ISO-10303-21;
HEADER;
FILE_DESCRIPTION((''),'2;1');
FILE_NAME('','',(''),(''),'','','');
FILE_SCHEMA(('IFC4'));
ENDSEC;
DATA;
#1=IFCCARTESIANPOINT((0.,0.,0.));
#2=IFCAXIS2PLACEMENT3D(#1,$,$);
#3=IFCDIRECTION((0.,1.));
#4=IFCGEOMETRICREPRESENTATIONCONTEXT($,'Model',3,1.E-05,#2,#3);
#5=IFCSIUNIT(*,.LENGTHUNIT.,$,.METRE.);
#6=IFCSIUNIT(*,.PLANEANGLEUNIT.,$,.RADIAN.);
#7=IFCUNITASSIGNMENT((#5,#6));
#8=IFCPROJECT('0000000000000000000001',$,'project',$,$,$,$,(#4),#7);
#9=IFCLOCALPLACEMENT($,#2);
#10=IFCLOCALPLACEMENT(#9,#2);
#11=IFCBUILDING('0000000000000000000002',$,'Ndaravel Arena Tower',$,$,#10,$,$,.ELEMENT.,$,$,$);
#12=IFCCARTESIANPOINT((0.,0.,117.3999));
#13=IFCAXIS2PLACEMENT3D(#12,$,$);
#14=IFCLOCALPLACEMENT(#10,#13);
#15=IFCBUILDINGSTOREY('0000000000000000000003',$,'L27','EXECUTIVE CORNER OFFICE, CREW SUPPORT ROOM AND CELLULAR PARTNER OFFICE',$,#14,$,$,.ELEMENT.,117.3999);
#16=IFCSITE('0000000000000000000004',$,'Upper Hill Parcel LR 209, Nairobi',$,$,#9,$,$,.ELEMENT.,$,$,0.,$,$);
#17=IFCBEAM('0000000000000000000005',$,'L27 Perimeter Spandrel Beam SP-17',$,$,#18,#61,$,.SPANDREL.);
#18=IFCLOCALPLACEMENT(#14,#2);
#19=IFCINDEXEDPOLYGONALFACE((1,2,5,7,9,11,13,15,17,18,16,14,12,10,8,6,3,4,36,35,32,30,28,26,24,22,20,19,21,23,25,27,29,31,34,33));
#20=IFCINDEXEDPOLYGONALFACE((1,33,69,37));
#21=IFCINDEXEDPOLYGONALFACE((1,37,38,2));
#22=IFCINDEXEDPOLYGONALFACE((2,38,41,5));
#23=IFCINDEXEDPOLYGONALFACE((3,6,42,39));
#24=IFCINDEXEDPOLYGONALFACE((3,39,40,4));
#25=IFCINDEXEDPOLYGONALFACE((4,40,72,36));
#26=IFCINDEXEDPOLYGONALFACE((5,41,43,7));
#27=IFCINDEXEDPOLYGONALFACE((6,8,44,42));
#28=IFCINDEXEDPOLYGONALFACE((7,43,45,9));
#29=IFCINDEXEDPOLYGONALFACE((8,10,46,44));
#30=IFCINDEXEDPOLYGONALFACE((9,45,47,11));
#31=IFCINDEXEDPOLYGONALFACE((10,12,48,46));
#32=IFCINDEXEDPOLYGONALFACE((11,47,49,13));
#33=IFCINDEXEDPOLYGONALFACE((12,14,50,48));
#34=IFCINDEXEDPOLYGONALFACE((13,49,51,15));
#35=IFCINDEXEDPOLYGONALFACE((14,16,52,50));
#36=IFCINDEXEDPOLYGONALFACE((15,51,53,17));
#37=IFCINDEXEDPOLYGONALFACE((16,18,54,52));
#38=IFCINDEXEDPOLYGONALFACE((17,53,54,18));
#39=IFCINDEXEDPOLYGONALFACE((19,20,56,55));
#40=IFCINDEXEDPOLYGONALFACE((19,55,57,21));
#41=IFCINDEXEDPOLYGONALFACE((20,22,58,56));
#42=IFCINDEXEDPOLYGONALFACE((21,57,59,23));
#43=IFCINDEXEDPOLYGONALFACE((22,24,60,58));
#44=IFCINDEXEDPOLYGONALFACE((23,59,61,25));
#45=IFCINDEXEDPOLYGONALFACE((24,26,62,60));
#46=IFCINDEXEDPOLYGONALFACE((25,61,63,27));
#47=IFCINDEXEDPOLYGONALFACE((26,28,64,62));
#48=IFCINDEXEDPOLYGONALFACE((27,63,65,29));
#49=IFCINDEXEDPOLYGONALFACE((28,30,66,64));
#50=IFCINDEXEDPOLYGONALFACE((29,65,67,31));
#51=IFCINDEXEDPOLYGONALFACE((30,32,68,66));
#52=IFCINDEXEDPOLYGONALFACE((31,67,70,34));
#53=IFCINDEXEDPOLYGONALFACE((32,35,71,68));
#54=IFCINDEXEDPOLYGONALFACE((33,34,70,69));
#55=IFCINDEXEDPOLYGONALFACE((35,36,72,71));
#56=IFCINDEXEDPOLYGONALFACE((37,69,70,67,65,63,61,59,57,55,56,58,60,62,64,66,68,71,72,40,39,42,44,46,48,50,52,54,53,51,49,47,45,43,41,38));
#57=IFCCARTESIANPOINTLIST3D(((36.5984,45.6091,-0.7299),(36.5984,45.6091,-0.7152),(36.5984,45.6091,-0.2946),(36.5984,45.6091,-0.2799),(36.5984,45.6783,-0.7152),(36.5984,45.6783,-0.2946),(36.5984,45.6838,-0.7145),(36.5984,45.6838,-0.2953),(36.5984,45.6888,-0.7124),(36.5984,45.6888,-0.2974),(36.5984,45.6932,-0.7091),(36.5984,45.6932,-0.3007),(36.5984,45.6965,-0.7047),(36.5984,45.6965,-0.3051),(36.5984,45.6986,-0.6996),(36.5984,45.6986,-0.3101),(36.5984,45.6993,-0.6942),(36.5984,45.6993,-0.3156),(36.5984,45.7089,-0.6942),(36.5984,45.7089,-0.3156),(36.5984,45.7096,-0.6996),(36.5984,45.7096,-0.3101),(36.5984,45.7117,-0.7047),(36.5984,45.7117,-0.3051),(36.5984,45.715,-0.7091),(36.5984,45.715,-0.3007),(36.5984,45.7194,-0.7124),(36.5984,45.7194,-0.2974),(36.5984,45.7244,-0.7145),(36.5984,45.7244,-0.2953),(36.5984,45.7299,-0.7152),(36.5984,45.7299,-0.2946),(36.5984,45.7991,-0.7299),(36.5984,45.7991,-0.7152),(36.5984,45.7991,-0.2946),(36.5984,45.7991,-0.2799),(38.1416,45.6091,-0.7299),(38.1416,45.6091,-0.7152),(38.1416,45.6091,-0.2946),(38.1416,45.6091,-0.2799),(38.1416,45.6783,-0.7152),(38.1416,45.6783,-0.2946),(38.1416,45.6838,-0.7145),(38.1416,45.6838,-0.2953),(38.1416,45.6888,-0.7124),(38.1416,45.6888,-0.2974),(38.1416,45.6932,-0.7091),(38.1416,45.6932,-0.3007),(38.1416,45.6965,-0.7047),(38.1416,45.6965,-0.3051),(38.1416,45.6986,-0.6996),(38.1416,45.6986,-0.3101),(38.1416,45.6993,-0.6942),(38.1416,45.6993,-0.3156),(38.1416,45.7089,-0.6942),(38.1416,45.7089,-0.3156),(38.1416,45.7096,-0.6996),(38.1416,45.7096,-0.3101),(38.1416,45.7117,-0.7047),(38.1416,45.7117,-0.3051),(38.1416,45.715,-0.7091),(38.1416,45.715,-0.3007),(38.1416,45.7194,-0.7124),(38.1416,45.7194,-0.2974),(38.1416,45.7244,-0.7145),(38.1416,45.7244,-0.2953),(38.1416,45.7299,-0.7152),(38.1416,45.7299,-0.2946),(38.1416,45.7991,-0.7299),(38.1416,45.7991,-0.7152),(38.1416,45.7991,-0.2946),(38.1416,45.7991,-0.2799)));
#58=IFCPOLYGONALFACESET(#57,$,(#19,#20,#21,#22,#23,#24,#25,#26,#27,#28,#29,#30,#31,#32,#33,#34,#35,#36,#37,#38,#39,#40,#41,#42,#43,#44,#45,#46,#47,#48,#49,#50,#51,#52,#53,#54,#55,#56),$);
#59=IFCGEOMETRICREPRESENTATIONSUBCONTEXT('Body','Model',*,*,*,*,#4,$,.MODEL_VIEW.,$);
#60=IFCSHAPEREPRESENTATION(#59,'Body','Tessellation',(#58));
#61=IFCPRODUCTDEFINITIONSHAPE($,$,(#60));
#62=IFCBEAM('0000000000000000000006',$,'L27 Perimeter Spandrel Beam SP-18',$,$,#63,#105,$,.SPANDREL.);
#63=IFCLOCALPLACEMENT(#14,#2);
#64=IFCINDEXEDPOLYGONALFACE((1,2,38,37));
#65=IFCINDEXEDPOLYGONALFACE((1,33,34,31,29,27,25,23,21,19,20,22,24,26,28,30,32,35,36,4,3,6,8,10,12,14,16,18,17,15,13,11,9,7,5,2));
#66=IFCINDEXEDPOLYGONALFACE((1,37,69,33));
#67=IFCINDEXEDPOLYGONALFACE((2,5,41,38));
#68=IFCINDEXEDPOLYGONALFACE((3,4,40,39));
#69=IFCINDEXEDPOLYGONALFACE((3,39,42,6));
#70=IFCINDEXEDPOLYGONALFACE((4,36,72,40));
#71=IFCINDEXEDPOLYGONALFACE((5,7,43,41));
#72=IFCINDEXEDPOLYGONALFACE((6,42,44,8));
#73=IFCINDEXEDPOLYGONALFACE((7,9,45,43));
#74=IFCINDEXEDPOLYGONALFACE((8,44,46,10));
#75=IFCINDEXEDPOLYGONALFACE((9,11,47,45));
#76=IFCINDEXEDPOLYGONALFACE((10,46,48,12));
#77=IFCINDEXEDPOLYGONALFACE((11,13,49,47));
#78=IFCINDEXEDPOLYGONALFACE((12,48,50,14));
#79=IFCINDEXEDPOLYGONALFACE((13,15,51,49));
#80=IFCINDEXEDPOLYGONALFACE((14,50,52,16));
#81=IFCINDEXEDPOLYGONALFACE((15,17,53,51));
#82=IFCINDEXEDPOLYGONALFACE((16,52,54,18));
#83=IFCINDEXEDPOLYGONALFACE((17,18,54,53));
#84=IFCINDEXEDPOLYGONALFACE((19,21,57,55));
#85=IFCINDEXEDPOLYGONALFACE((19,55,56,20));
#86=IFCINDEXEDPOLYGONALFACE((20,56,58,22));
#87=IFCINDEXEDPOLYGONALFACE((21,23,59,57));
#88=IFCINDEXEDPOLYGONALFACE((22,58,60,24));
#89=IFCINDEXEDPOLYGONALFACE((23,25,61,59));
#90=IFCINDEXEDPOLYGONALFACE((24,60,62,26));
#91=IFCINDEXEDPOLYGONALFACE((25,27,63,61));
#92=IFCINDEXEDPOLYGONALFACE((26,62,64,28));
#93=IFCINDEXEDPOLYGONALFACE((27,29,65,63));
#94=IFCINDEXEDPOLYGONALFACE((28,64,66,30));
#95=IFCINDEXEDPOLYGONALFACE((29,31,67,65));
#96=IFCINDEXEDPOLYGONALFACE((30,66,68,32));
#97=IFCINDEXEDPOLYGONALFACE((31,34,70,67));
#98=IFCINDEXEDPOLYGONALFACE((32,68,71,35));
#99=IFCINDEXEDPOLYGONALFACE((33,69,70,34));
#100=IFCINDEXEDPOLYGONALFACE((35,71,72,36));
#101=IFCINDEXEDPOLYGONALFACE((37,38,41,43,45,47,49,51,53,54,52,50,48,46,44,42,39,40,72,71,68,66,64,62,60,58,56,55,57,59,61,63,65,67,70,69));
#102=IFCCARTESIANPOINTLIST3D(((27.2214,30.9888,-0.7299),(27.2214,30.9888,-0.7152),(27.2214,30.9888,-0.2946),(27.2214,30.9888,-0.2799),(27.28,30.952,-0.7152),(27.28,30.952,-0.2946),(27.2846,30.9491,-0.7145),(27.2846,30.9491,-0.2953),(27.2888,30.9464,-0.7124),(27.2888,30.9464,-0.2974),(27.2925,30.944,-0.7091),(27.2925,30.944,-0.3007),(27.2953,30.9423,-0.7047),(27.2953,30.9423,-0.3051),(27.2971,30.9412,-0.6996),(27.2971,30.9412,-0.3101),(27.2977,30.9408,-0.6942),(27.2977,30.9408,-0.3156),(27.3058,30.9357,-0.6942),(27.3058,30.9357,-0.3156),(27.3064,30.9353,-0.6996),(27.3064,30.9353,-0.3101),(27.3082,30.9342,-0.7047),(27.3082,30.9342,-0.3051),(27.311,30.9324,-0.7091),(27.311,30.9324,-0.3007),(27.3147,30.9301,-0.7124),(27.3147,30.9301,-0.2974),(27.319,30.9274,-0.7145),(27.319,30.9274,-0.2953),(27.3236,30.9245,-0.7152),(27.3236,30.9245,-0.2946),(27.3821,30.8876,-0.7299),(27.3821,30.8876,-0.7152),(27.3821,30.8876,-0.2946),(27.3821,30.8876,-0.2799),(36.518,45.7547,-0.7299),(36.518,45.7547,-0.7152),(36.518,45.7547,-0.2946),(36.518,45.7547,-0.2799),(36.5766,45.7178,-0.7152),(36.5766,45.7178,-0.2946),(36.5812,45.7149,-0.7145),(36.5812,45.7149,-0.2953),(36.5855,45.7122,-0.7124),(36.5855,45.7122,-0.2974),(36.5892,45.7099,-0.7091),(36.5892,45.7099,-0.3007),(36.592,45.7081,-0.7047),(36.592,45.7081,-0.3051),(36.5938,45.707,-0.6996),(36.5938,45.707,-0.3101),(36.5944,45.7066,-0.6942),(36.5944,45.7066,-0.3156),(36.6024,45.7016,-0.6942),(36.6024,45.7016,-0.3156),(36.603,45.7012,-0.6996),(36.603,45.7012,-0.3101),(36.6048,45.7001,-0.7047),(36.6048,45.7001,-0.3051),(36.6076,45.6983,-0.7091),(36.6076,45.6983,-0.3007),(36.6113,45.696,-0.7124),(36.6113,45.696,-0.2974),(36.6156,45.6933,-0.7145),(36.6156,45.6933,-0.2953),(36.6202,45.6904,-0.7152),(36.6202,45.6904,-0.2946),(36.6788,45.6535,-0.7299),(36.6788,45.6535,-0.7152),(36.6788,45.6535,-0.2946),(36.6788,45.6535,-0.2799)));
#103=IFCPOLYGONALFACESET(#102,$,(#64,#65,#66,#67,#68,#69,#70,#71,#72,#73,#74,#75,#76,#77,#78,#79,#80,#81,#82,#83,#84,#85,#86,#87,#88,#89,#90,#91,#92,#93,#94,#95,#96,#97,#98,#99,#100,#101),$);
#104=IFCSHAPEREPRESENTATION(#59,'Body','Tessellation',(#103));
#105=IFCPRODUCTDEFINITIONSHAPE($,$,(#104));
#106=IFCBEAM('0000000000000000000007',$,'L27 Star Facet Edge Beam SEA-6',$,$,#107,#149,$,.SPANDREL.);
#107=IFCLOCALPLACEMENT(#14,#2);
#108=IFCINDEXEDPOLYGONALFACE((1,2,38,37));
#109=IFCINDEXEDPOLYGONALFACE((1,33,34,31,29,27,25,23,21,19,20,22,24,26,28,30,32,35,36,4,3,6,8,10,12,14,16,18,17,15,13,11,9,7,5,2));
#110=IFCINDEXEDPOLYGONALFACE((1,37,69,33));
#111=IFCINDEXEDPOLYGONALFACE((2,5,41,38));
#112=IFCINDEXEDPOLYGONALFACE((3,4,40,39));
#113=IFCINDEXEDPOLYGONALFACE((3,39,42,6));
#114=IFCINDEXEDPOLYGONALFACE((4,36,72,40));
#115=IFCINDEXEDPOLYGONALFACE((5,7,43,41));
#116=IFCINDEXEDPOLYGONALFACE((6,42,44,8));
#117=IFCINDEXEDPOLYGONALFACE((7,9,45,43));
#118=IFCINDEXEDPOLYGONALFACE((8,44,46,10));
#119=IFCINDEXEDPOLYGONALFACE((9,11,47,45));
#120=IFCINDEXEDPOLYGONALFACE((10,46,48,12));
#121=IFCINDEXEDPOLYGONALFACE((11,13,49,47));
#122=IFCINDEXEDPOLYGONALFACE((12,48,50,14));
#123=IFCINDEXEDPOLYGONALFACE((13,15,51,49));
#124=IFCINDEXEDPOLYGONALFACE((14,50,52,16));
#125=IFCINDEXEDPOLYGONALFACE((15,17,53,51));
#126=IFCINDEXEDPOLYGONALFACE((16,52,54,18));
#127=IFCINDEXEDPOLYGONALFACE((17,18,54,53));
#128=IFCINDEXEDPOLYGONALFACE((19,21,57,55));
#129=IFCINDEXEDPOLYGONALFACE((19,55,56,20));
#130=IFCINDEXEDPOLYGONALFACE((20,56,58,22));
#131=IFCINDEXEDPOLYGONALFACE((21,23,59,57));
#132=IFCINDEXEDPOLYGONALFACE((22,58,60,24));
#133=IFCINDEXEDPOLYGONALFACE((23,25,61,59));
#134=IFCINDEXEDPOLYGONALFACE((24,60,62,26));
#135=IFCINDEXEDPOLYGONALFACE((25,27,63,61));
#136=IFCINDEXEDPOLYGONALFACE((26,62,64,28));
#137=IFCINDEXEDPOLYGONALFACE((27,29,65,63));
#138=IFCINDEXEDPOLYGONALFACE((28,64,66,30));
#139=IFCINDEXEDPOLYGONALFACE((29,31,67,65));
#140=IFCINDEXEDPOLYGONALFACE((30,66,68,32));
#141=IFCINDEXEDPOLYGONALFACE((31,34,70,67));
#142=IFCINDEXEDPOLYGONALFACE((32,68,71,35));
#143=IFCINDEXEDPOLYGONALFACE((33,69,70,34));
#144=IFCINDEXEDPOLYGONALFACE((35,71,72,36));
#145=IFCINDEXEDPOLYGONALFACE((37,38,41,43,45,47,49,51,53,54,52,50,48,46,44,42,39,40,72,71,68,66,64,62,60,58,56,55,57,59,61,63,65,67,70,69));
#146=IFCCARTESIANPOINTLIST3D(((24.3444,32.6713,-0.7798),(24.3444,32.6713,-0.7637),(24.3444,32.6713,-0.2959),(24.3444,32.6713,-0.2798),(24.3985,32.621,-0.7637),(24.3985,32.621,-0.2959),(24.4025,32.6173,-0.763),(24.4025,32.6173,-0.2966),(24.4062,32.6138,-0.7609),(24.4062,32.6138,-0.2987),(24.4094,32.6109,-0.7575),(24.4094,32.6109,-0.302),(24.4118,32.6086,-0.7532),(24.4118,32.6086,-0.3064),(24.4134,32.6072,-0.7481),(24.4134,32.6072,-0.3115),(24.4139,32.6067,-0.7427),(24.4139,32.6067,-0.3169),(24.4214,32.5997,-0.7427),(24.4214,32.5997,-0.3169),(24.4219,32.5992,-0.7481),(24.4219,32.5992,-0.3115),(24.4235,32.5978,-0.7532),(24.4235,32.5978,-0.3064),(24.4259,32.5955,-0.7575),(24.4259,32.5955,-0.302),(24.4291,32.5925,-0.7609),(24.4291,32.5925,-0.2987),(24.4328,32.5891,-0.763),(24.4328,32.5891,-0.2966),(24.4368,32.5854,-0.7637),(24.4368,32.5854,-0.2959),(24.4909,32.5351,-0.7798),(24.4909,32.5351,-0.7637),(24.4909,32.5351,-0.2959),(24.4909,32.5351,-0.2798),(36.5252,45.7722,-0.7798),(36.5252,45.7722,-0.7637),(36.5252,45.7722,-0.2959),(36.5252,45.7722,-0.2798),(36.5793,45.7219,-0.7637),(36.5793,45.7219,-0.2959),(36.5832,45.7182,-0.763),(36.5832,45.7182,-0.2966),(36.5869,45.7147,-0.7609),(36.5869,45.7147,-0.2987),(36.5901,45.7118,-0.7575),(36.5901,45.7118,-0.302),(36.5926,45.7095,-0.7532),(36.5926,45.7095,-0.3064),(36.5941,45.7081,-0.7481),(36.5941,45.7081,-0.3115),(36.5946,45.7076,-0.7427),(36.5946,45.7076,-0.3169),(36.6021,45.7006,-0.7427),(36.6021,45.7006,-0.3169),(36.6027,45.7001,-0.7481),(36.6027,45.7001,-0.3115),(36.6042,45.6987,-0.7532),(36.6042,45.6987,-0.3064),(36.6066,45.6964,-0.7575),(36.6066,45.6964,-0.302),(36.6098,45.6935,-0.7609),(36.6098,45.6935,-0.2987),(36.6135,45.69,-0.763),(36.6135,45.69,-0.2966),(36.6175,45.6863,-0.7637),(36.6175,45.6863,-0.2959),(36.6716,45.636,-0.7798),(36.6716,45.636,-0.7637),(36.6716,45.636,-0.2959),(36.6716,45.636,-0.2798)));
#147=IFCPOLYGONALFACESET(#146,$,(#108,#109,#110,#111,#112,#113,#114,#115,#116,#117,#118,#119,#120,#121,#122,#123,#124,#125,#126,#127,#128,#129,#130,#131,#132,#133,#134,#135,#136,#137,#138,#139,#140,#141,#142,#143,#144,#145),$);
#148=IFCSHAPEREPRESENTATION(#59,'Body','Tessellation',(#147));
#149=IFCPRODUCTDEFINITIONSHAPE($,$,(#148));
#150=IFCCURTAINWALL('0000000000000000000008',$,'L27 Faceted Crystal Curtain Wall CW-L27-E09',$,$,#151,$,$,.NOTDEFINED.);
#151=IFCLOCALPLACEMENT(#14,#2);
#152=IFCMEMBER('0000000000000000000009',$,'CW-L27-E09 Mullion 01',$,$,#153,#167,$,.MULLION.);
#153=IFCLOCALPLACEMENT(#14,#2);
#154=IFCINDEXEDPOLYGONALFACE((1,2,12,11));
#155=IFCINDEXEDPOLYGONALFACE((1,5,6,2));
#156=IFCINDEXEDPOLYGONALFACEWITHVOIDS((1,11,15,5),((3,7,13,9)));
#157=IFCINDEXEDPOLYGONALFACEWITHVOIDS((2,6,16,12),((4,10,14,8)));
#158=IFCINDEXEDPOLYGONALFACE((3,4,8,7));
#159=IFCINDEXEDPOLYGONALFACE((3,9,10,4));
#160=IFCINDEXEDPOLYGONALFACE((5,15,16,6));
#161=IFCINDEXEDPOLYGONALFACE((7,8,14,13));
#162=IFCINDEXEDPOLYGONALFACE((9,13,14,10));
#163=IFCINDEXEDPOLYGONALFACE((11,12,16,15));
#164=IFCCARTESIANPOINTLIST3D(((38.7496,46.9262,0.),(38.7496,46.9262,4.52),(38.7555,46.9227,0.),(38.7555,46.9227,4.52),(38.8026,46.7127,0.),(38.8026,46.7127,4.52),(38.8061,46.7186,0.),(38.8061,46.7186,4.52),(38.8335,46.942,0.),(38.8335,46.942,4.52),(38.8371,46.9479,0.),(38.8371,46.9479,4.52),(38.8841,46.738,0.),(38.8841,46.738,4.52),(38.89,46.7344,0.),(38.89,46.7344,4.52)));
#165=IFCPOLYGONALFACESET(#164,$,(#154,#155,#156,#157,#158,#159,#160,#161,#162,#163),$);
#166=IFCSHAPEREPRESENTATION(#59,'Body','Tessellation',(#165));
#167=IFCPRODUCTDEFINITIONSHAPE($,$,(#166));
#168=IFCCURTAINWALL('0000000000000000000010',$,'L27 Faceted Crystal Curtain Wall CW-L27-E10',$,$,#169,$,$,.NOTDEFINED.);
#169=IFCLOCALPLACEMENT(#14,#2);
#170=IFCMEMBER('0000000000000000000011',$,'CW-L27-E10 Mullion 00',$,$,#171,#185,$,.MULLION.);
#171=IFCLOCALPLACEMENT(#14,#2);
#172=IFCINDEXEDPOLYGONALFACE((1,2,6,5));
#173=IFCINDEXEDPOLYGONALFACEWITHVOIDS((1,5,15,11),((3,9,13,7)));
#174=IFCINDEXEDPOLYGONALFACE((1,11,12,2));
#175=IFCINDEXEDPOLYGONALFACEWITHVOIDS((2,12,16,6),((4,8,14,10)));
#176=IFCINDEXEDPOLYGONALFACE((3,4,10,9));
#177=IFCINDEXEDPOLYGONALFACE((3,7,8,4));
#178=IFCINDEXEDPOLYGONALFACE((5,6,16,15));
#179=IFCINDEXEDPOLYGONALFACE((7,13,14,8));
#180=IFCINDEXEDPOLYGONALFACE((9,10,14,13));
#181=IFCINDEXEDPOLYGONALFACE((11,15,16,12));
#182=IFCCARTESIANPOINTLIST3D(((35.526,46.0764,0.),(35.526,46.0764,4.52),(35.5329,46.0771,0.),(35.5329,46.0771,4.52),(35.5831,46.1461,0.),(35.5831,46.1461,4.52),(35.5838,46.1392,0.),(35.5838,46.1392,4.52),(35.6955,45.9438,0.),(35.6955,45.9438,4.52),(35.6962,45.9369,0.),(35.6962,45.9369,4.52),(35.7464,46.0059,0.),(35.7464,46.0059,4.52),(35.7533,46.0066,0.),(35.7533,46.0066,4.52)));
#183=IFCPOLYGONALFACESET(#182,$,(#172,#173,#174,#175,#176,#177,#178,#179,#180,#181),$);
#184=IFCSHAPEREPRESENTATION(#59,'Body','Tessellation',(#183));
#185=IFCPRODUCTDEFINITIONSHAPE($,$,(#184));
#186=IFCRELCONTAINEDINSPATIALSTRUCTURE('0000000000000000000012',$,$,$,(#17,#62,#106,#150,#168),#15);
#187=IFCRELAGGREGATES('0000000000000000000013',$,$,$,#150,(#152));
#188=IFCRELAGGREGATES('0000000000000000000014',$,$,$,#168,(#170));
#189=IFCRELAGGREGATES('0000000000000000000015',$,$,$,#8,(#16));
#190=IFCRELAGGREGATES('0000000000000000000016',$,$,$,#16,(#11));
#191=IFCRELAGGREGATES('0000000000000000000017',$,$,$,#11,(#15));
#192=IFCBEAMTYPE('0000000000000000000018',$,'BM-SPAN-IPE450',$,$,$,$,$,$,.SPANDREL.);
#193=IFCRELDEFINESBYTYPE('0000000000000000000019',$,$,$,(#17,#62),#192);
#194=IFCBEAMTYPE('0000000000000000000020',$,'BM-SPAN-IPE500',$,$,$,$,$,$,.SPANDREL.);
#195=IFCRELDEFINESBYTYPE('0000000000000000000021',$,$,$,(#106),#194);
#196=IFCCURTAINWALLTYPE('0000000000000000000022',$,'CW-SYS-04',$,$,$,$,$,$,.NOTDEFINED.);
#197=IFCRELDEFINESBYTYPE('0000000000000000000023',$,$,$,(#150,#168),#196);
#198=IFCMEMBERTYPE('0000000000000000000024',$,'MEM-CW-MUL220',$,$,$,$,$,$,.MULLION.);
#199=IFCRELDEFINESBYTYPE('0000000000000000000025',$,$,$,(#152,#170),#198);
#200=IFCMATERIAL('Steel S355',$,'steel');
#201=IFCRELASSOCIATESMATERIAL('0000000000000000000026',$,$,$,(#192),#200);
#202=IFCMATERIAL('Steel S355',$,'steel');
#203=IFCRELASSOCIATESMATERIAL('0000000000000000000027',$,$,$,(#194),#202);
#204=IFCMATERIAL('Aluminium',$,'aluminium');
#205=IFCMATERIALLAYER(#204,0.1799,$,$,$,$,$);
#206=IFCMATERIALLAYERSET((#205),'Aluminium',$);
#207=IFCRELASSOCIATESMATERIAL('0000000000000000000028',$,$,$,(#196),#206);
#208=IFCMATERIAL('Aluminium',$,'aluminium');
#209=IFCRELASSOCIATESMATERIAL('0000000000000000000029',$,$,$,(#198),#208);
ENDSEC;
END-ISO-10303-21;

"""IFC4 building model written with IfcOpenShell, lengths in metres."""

from ifc_helpers import new_model, si_unit, direction, frame, origin, origin_2d, place, context, subcontext, project, spatial, hollow_rectangle, i_section, extrude, material, layer, layer_set, material_profile, profile_set, type_object, element, aggregate, save


model = new_model("IFC4")

# Units and contexts
model_context = context("Model", 3, precision=1e-05, world=origin(), true_north=direction((0.0, 1.0)))
body_context = subcontext(model_context, "Body", "Model", "MODEL_VIEW")
ifc_project = project(units=[si_unit("LENGTHUNIT", "METRE"), si_unit("PLANEANGLEUNIT", "RADIAN")], contexts=[model_context])

# Site, building, storey
site_placement = place(None, origin())
site = spatial("IfcSite", under=ifc_project, at=site_placement, Name="Upper Hill Parcel LR 209, Nairobi", CompositionType="ELEMENT", RefElevation=0.0)
building_placement = place(site_placement, origin())
building = spatial("IfcBuilding", under=site, at=building_placement, Name="Ndaravel Arena Tower", CompositionType="ELEMENT")
storey_placement = place(building_placement, frame((0.0, 0.0, 117.3999)))
storey = spatial("IfcBuildingStorey", under=building, at=storey_placement, Name="L27", Description="EXECUTIVE CORNER OFFICE, CREW SUPPORT ROOM AND CELLULAR PARTNER OFFICE", CompositionType="ELEMENT", Elevation=117.3999)

# Beams
ifc_material_1 = material(Name="Steel S355", Category="steel")
ifc_material_profile_1 = material_profile(ifc_material_1, i_section(OverallWidth=0.1899, OverallDepth=0.45, WebThickness=0.0095, FlangeThickness=0.0146, FilletRadius=0.021, at=origin_2d()), Name="IPE 450")
ifc_profile_set_1 = profile_set([ifc_material_profile_1], Name="Steel S355")
beam_type_1 = type_object("IfcBeamType", Name="BM-SPAN-IPE450", PredefinedType="SPANDREL", material=ifc_profile_set_1)
beam_1_placement = place(storey_placement, frame((38.1416, 45.7041, -0.5049), z_axis=(-1.0, 0.0, 0.0), x_axis=(0.0, -1.0, 0.0)))
element("IfcBeam", 1, at=beam_1_placement, inside=storey, type_object=beam_type_1, Name="L27 Perimeter Spandrel Beam SP-17", PredefinedType="SPANDREL", context=body_context, shape_type="SweptSolid", body=[
    extrude(i_section(OverallWidth=0.1899, OverallDepth=0.45, WebThickness=0.0095, FlangeThickness=0.0146, FilletRadius=0.021, at=origin_2d()), origin(), (0.0, 0.0, 1.0), 1.5432),
])
beam_2_placement = place(storey_placement, frame((36.5984, 45.7041, -0.5049), z_axis=(-0.532797, -0.846243, 0.0), x_axis=(0.846243, -0.532797, 0.0)))
element("IfcBeam", 2, at=beam_2_placement, inside=storey, type_object=beam_type_1, Name="L27 Perimeter Spandrel Beam SP-18", PredefinedType="SPANDREL", context=body_context, shape_type="SweptSolid", body=[
    extrude(i_section(OverallWidth=0.1899, OverallDepth=0.45, WebThickness=0.0095, FlangeThickness=0.0146, FilletRadius=0.021, at=origin_2d()), origin(), (0.0, 0.0, 1.0), 17.4487),
])
ifc_material_2 = material(Name="Steel S355", Category="steel")
ifc_material_profile_2 = material_profile(ifc_material_2, i_section(OverallWidth=0.2, OverallDepth=0.5, WebThickness=0.0103, FlangeThickness=0.0161, FilletRadius=0.021, at=origin_2d()), Name="IPE 500")
ifc_profile_set_2 = profile_set([ifc_material_profile_2], Name="Steel S355")
beam_type_2 = type_object("IfcBeamType", Name="BM-SPAN-IPE500", PredefinedType="SPANDREL", material=ifc_profile_set_2)
beam_3_placement = place(storey_placement, frame((36.5984, 45.7041, -0.5298), z_axis=(-0.680919, -0.732358, 0.0), x_axis=(0.732358, -0.680919, 0.0)))
element("IfcBeam", 3, at=beam_3_placement, inside=storey, type_object=beam_type_2, Name="L27 Star Facet Edge Beam SEA-6", PredefinedType="SPANDREL", context=body_context, shape_type="SweptSolid", body=[
    extrude(i_section(OverallWidth=0.2, OverallDepth=0.5, WebThickness=0.0103, FlangeThickness=0.0161, FilletRadius=0.021, at=origin_2d()), origin(), (0.0, 0.0, 1.0), 17.8887),
])

# Curtain wall, member
ifc_material_3 = material(Name="Aluminium", Category="aluminium")
ifc_layer_1 = layer(ifc_material_3, 0.1799)
ifc_layer_set_1 = layer_set([ifc_layer_1], Name="Aluminium")
curtain_wall_type = type_object("IfcCurtainWallType", Name="CW-SYS-04", PredefinedType="NOTDEFINED", material=ifc_layer_set_1)
curtain_wall_1_placement = place(storey_placement, origin())
curtain_wall_1 = element("IfcCurtainWall", 4, at=curtain_wall_1_placement, inside=storey, type_object=curtain_wall_type, Name="L27 Faceted Crystal Curtain Wall CW-L27-E09", PredefinedType="NOTDEFINED")
ifc_material_4 = material(Name="Aluminium", Category="aluminium")
ifc_material_profile_3 = material_profile(ifc_material_4, hollow_rectangle(XDim=0.0901, YDim=0.22, WallThickness=0.0049, at=origin_2d()), Name="CW MULLION 90x220x5")
ifc_profile_set_3 = profile_set([ifc_material_profile_3], Name="Aluminium")
member_type_1 = type_object("IfcMemberType", Name="MEM-CW-MUL220", PredefinedType="MULLION", material=ifc_profile_set_3)
member_1_placement = place(storey_placement, frame((38.8198, 46.8303, 0.0), z_axis=(0.0, 0.0, 1.0), x_axis=(-0.970586, -0.240753, 0.0)))
member_1 = element("IfcMember", 5, at=member_1_placement, type_object=member_type_1, Name="CW-L27-E09 Mullion 01", PredefinedType="MULLION", context=body_context, shape_type="SweptSolid", body=[
    extrude(hollow_rectangle(XDim=0.0901, YDim=0.22, WallThickness=0.0049, at=origin_2d()), origin(), (0.0, 0.0, 1.0), 4.52),
])

# Curtain wall, member
curtain_wall_2_placement = place(storey_placement, origin())
curtain_wall_2 = element("IfcCurtainWall", 6, at=curtain_wall_2_placement, inside=storey, type_object=curtain_wall_type, Name="L27 Faceted Crystal Curtain Wall CW-L27-E10", PredefinedType="NOTDEFINED")
member_2_placement = place(storey_placement, frame((35.6396, 46.0415, 0.0), z_axis=(0.0, 0.0, 1.0), x_axis=(-0.633934, -0.773387, 0.0)))
member_2 = element("IfcMember", 7, at=member_2_placement, type_object=member_type_1, Name="CW-L27-E10 Mullion 00", PredefinedType="MULLION", context=body_context, shape_type="SweptSolid", body=[
    extrude(hollow_rectangle(XDim=0.0901, YDim=0.22, WallThickness=0.0049, at=origin_2d()), origin(), (0.0, 0.0, 1.0), 4.52),
])

aggregate(curtain_wall_1, [member_1])
aggregate(curtain_wall_2, [member_2])

save(model, "model.ifc")
